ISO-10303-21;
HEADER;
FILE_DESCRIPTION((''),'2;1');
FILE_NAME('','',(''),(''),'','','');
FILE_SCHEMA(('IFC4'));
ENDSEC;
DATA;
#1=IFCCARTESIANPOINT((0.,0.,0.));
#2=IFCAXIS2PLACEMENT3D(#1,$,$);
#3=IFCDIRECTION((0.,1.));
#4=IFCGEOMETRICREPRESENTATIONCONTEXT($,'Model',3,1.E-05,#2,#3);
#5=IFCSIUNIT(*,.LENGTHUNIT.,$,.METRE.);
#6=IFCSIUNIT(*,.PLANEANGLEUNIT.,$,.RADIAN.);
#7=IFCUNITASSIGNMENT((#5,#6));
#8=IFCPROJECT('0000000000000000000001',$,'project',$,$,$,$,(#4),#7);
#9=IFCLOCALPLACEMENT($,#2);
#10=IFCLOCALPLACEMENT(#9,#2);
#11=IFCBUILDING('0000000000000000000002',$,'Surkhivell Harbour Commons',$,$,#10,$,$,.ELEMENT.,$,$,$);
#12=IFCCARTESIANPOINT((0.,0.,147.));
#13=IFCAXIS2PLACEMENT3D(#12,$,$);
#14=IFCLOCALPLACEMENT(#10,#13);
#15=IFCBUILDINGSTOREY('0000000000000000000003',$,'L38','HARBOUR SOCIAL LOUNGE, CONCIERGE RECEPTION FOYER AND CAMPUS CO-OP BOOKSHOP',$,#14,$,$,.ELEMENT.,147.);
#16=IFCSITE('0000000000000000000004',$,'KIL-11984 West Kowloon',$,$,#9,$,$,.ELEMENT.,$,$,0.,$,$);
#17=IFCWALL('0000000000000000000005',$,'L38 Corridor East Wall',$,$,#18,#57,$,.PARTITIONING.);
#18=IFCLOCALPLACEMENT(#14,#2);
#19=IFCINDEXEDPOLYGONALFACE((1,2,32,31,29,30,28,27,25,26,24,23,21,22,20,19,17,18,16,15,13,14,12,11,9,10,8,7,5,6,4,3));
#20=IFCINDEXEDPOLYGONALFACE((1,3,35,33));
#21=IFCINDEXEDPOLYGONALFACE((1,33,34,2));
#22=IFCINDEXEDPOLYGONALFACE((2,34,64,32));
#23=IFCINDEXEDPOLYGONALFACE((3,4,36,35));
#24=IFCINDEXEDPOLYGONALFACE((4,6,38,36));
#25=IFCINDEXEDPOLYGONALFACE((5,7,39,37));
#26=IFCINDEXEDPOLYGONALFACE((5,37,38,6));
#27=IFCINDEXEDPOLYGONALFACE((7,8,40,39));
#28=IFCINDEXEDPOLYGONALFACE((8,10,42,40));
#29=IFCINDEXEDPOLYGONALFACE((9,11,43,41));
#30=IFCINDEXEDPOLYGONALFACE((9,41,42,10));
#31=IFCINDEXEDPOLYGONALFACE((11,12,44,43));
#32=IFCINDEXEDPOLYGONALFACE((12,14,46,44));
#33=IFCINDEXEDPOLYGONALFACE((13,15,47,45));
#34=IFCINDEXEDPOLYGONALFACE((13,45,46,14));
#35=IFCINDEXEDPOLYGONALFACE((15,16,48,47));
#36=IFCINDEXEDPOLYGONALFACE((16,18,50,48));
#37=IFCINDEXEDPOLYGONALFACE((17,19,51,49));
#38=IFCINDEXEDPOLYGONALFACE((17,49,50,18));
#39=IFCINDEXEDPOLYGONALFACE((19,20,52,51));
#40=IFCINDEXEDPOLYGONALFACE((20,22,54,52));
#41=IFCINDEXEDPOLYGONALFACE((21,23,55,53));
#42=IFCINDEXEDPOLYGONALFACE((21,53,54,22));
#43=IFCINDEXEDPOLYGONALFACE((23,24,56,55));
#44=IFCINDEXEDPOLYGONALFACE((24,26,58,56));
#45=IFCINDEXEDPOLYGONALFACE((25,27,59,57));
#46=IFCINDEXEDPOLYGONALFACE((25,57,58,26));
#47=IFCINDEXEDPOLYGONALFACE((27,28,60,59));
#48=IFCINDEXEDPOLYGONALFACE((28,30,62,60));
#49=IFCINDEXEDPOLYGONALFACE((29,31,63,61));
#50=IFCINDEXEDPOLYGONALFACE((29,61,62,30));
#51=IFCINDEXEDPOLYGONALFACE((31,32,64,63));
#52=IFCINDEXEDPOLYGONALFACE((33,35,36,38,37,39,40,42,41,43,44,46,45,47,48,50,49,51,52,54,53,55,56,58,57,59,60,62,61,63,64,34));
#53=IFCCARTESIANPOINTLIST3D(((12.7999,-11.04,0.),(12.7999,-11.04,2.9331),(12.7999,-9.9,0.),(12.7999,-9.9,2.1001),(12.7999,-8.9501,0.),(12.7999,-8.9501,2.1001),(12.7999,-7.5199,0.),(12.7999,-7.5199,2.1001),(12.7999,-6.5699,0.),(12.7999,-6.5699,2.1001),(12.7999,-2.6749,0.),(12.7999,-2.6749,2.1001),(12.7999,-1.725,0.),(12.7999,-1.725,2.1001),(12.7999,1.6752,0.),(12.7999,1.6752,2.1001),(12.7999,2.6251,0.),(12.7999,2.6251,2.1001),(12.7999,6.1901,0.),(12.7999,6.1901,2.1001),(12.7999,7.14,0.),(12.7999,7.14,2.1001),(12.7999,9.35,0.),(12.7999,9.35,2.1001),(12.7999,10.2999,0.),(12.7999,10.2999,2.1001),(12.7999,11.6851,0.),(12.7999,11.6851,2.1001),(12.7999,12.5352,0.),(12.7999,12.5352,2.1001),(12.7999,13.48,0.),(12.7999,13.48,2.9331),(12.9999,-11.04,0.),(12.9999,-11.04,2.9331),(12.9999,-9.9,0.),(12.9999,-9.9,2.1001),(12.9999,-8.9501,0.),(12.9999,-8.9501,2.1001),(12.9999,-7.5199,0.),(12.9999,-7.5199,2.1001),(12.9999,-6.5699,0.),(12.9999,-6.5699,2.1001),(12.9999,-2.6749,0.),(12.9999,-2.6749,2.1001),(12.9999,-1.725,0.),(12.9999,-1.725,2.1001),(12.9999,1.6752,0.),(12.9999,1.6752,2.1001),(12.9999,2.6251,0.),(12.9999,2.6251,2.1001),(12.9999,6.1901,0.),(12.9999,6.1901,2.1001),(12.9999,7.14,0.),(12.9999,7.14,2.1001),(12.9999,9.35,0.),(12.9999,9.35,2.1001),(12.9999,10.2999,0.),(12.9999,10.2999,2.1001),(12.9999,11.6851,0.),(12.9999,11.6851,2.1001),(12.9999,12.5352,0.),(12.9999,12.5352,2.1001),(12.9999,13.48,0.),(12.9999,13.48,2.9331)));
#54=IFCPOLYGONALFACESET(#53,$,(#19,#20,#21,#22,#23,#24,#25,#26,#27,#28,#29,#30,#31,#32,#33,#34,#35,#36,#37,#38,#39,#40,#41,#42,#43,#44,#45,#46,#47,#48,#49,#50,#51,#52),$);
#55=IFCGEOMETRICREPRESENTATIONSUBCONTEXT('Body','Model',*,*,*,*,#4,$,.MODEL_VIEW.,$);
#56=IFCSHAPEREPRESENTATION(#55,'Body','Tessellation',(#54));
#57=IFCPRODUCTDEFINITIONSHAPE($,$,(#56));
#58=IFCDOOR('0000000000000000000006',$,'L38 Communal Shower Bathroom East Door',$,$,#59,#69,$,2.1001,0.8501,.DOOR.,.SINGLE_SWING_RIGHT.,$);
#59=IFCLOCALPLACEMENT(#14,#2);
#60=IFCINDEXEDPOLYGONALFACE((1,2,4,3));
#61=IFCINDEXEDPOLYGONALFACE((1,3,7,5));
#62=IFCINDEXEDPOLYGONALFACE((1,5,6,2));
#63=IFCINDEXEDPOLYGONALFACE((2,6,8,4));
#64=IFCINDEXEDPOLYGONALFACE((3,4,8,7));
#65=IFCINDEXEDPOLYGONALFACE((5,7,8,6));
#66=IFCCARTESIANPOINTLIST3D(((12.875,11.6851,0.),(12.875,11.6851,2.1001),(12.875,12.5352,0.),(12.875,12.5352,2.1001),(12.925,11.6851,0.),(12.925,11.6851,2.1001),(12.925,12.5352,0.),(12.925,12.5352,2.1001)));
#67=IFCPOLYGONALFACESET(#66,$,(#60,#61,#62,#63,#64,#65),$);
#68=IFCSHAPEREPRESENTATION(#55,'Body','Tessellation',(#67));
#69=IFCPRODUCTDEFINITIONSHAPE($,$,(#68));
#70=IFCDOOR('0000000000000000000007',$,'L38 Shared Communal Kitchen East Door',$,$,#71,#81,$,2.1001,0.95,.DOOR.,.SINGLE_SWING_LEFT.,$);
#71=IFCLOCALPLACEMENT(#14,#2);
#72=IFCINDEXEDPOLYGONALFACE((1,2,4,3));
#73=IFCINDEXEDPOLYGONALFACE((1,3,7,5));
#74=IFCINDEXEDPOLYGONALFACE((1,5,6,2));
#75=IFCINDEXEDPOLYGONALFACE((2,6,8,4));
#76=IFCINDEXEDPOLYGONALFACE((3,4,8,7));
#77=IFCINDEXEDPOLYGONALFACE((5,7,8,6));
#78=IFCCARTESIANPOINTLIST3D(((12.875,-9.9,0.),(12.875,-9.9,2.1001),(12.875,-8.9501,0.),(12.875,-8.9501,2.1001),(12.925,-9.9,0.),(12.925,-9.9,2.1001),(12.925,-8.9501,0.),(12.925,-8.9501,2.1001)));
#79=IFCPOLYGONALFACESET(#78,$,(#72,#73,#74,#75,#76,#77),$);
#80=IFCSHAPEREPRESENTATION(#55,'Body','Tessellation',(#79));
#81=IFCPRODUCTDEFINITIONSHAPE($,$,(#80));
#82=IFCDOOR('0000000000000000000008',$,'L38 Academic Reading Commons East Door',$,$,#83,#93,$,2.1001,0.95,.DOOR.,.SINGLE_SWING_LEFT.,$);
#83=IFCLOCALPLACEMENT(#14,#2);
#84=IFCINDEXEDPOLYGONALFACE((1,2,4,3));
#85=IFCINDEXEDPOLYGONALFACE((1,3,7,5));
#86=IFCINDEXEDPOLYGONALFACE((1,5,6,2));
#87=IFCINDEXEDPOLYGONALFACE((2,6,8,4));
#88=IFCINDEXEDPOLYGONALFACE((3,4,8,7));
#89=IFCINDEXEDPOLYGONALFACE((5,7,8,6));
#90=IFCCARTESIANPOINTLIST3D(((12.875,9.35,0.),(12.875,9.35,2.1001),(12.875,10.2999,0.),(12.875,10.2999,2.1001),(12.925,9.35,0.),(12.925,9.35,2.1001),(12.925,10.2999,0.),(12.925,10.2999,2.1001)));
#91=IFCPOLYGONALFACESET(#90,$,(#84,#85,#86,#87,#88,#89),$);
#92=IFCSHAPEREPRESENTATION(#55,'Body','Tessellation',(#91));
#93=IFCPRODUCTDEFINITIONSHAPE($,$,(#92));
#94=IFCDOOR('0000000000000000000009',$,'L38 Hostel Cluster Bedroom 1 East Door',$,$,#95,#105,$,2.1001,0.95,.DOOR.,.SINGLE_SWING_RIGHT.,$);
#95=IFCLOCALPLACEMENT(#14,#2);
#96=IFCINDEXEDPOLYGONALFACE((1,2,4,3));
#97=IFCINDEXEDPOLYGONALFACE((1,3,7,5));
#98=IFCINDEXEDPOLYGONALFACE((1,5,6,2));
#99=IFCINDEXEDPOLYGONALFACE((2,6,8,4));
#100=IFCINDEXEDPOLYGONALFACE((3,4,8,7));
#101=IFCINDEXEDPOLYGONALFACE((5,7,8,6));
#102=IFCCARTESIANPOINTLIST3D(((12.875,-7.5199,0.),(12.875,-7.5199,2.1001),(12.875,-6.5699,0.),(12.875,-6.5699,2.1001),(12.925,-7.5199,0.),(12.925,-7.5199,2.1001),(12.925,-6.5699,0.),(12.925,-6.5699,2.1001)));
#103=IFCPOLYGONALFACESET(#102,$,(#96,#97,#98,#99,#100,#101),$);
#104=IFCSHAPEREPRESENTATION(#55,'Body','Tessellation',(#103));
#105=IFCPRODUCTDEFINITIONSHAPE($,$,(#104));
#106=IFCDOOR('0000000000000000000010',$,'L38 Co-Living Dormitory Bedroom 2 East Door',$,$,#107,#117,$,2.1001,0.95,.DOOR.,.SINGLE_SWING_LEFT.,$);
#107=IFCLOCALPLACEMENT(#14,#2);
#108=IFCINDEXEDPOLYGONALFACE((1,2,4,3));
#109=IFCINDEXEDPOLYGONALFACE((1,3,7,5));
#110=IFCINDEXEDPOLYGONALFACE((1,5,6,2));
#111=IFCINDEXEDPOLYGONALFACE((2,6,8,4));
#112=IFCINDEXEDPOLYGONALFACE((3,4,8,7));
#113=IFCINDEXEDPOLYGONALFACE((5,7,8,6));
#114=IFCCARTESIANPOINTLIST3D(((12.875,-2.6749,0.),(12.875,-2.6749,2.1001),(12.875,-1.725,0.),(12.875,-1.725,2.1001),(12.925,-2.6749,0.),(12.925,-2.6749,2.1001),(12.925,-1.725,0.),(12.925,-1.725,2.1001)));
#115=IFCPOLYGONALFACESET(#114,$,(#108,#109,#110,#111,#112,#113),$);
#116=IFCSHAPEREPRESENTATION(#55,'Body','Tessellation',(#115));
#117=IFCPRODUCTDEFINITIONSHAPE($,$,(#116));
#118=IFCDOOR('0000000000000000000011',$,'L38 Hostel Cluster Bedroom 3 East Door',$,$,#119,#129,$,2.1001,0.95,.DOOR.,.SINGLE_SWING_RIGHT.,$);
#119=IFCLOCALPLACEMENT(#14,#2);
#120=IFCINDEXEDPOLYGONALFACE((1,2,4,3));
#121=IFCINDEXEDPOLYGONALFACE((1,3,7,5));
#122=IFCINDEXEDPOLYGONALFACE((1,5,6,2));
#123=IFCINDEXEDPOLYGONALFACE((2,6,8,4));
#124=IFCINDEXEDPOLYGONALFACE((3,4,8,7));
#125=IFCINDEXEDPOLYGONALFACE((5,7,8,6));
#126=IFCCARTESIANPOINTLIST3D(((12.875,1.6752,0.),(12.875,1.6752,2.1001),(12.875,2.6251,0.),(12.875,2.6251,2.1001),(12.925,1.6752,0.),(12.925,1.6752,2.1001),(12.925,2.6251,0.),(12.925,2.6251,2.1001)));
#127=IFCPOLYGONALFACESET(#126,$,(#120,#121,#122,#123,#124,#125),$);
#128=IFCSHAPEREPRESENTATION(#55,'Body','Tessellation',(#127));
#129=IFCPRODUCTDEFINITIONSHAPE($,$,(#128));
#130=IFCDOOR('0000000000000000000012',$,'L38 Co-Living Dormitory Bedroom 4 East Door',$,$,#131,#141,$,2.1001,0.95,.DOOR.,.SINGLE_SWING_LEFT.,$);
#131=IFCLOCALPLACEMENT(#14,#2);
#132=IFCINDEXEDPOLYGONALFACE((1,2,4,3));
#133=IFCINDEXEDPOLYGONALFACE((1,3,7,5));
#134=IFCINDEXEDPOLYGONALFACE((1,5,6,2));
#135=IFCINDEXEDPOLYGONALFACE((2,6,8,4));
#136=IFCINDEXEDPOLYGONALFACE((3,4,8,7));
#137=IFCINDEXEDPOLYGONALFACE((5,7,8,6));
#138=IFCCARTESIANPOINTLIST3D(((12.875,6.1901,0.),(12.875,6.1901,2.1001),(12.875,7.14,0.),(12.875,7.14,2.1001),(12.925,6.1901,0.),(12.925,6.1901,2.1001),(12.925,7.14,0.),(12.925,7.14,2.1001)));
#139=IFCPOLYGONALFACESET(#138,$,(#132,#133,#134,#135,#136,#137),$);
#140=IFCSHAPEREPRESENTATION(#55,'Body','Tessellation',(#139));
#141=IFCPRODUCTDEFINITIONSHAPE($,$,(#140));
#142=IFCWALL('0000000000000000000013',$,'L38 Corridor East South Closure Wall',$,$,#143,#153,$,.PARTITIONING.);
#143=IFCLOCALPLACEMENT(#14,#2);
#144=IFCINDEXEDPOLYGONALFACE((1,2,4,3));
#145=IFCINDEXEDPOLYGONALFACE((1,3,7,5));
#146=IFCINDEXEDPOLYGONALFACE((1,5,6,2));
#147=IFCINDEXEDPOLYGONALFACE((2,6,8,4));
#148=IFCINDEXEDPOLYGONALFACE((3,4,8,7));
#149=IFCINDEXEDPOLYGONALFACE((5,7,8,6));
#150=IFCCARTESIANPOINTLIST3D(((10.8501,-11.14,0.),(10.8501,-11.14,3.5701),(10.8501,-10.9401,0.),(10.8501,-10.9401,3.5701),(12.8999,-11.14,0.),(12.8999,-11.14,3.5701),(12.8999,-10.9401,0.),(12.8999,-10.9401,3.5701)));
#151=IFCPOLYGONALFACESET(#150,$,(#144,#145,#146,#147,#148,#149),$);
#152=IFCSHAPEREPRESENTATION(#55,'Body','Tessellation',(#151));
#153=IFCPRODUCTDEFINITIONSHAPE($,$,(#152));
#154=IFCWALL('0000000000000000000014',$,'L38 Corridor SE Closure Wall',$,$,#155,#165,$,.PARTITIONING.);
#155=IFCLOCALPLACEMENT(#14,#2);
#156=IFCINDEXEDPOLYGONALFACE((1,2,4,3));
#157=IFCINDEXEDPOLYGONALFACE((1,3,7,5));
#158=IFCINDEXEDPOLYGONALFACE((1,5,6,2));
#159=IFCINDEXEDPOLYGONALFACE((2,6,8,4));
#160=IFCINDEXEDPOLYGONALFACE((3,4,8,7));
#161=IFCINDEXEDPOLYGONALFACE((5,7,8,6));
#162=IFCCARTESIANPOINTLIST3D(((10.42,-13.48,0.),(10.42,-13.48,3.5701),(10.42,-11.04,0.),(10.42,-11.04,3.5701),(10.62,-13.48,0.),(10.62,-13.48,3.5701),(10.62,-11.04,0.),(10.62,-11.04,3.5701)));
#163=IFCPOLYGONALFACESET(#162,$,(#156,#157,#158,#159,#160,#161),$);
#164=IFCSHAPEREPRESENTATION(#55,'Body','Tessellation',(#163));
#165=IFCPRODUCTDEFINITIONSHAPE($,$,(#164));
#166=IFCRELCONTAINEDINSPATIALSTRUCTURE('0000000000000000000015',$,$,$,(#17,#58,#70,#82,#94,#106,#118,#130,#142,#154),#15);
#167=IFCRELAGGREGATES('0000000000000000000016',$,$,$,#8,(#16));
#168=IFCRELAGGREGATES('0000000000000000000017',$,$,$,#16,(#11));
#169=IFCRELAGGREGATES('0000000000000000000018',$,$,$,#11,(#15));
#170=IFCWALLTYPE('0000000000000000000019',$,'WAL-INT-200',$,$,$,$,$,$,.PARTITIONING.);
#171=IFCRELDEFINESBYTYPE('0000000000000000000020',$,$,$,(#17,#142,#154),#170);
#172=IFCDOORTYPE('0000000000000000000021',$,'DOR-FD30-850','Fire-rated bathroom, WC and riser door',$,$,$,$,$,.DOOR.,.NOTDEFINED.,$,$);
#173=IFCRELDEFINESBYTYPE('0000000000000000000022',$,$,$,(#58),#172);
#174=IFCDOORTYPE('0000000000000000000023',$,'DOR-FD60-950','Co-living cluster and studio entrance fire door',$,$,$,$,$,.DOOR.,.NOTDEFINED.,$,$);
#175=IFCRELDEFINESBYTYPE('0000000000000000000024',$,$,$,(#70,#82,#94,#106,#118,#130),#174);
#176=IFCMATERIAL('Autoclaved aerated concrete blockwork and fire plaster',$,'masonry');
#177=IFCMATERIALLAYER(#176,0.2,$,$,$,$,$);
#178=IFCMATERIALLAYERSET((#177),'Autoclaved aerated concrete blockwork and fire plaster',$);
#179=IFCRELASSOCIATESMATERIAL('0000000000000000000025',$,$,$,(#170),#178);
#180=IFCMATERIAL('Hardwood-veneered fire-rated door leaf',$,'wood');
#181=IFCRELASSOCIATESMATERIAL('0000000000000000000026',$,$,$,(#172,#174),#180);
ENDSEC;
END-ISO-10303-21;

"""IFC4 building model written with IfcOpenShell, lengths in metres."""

from ifc_helpers import new_model, si_unit, direction, frame, frame_2d, origin, place, context, subcontext, project, spatial, rectangle, extrude, material, layer, layer_set, type_object, element, fill, save


model = new_model("IFC4")

# Units and contexts
model_context = context("Model", 3, precision=1e-05, world=origin(), true_north=direction((0.0, 1.0)))
body_context = subcontext(model_context, "Body", "Model", "MODEL_VIEW")
ifc_project = project(units=[si_unit("LENGTHUNIT", "METRE"), si_unit("PLANEANGLEUNIT", "RADIAN")], contexts=[model_context])

# Site, building, storey
site_placement = place(None, origin())
site = spatial("IfcSite", under=ifc_project, at=site_placement, Name="KIL-11984 West Kowloon", CompositionType="ELEMENT", RefElevation=0.0)
building_placement = place(site_placement, origin())
building = spatial("IfcBuilding", under=site, at=building_placement, Name="Surkhivell Harbour Commons", CompositionType="ELEMENT")
storey_placement = place(building_placement, frame((0.0, 0.0, 147.0)))
storey = spatial("IfcBuildingStorey", under=building, at=storey_placement, Name="L38", Description="HARBOUR SOCIAL LOUNGE, CONCIERGE RECEPTION FOYER AND CAMPUS CO-OP BOOKSHOP", CompositionType="ELEMENT", Elevation=147.0)

# Shared definitions
ifc_material_1 = material(Name="Autoclaved aerated concrete blockwork and fire plaster", Category="masonry")
ifc_layer_1 = layer(ifc_material_1, 0.2)
ifc_layer_set_1 = layer_set([ifc_layer_1], Name="Autoclaved aerated concrete blockwork and fire plaster")
wall_type_1 = type_object("IfcWallType", Name="WAL-INT-200", PredefinedType="PARTITIONING", material=ifc_layer_set_1)

# Wall, openings, doors
wall_1_placement = place(storey_placement, frame((12.8999, -11.04, 0.0), z_axis=(0.0, 0.0, 1.0), x_axis=(0.0, 1.0, 0.0)))
wall_1 = element("IfcWall", 1, at=wall_1_placement, inside=storey, type_object=wall_type_1, Name="L38 Corridor East Wall", PredefinedType="PARTITIONING", context=body_context, shape_type="SweptSolid", body=[
    extrude(rectangle(XDim=24.52, YDim=0.2, at=frame_2d((12.26, 0.0))), origin(), (0.0, 0.0, 1.0), 2.9331),
])
opening_1_placement = place(wall_1_placement, frame((1.1399, 0.0, 0.0)))
opening_1 = element("IfcOpeningElement", 2, at=opening_1_placement, cuts=wall_1, PredefinedType="OPENING", context=body_context, shape_type="SweptSolid", body=[
    extrude(rectangle(XDim=0.95, YDim=2.1001, at=frame_2d((0.4751, 1.05))), frame((0.0, 0.1099, 0.0), z_axis=(0.0, -1.0, 0.0), x_axis=(1.0, 0.0, 0.0)), (0.0, 0.0, 1.0), 0.22),
])
opening_2_placement = place(wall_1_placement, frame((22.7251, 0.0, 0.0)))
opening_2 = element("IfcOpeningElement", 3, at=opening_2_placement, cuts=wall_1, PredefinedType="OPENING", context=body_context, shape_type="SweptSolid", body=[
    extrude(rectangle(XDim=0.8501, YDim=2.1001, at=frame_2d((0.425, 1.05))), frame((0.0, 0.1099, 0.0), z_axis=(0.0, -1.0, 0.0), x_axis=(1.0, 0.0, 0.0)), (0.0, 0.0, 1.0), 0.22),
])
opening_3_placement = place(wall_1_placement, frame((20.3899, 0.0, 0.0)))
opening_3 = element("IfcOpeningElement", 4, at=opening_3_placement, cuts=wall_1, PredefinedType="OPENING", context=body_context, shape_type="SweptSolid", body=[
    extrude(rectangle(XDim=0.95, YDim=2.1001, at=frame_2d((0.4751, 1.05))), frame((0.0, 0.1099, 0.0), z_axis=(0.0, -1.0, 0.0), x_axis=(1.0, 0.0, 0.0)), (0.0, 0.0, 1.0), 0.22),
])
opening_4_placement = place(wall_1_placement, frame((3.52, 0.0, 0.0)))
opening_4 = element("IfcOpeningElement", 5, at=opening_4_placement, cuts=wall_1, PredefinedType="OPENING", context=body_context, shape_type="SweptSolid", body=[
    extrude(rectangle(XDim=0.95, YDim=2.1001, at=frame_2d((0.4751, 1.05))), frame((0.0, 0.1099, 0.0), z_axis=(0.0, -1.0, 0.0), x_axis=(1.0, 0.0, 0.0)), (0.0, 0.0, 1.0), 0.22),
])
opening_5_placement = place(wall_1_placement, frame((8.365, 0.0, 0.0)))
opening_5 = element("IfcOpeningElement", 6, at=opening_5_placement, cuts=wall_1, PredefinedType="OPENING", context=body_context, shape_type="SweptSolid", body=[
    extrude(rectangle(XDim=0.95, YDim=2.1001, at=frame_2d((0.4751, 1.05))), frame((0.0, 0.1099, 0.0), z_axis=(0.0, -1.0, 0.0), x_axis=(1.0, 0.0, 0.0)), (0.0, 0.0, 1.0), 0.22),
])
opening_6_placement = place(wall_1_placement, frame((12.7151, 0.0, 0.0)))
opening_6 = element("IfcOpeningElement", 7, at=opening_6_placement, cuts=wall_1, PredefinedType="OPENING", context=body_context, shape_type="SweptSolid", body=[
    extrude(rectangle(XDim=0.95, YDim=2.1001, at=frame_2d((0.4751, 1.05))), frame((0.0, 0.1099, 0.0), z_axis=(0.0, -1.0, 0.0), x_axis=(1.0, 0.0, 0.0)), (0.0, 0.0, 1.0), 0.22),
])
opening_7_placement = place(wall_1_placement, frame((17.23, 0.0, 0.0)))
opening_7 = element("IfcOpeningElement", 8, at=opening_7_placement, cuts=wall_1, PredefinedType="OPENING", context=body_context, shape_type="SweptSolid", body=[
    extrude(rectangle(XDim=0.95, YDim=2.1001, at=frame_2d((0.4751, 1.05))), frame((0.0, 0.1099, 0.0), z_axis=(0.0, -1.0, 0.0), x_axis=(1.0, 0.0, 0.0)), (0.0, 0.0, 1.0), 0.22),
])
ifc_material_2 = material(Name="Hardwood-veneered fire-rated door leaf", Category="wood")
door_type_1 = type_object("IfcDoorType", Name="DOR-FD30-850", Description="Fire-rated bathroom, WC and riser door", OperationType="NOTDEFINED", PredefinedType="DOOR", material=ifc_material_2)
door_1_placement = place(opening_2_placement, origin())
door_1 = element("IfcDoor", 9, at=door_1_placement, inside=storey, type_object=door_type_1, Name="L38 Communal Shower Bathroom East Door", OperationType="SINGLE_SWING_RIGHT", OverallHeight=2.1001, OverallWidth=0.8501, PredefinedType="DOOR", context=body_context, shape_type="SweptSolid", body=[
    extrude(rectangle(XDim=0.8501, YDim=2.1001, at=frame_2d((0.425, 1.05))), frame((0.0, 0.0249, 0.0), z_axis=(0.0, -1.0, 0.0), x_axis=(1.0, 0.0, 0.0)), (0.0, 0.0, 1.0), 0.05),
])
fill(opening_2, door_1)
door_type_2 = type_object("IfcDoorType", Name="DOR-FD60-950", Description="Co-living cluster and studio entrance fire door", OperationType="NOTDEFINED", PredefinedType="DOOR", material=ifc_material_2)
door_2_placement = place(opening_1_placement, origin())
door_2 = element("IfcDoor", 10, at=door_2_placement, inside=storey, type_object=door_type_2, Name="L38 Shared Communal Kitchen East Door", OperationType="SINGLE_SWING_LEFT", OverallHeight=2.1001, OverallWidth=0.95, PredefinedType="DOOR", context=body_context, shape_type="SweptSolid", body=[
    extrude(rectangle(XDim=0.95, YDim=2.1001, at=frame_2d((0.4751, 1.05))), frame((0.0, 0.0249, 0.0), z_axis=(0.0, -1.0, 0.0), x_axis=(1.0, 0.0, 0.0)), (0.0, 0.0, 1.0), 0.05),
])
fill(opening_1, door_2)
door_3_placement = place(opening_3_placement, origin())
door_3 = element("IfcDoor", 11, at=door_3_placement, inside=storey, type_object=door_type_2, Name="L38 Academic Reading Commons East Door", OperationType="SINGLE_SWING_LEFT", OverallHeight=2.1001, OverallWidth=0.95, PredefinedType="DOOR", context=body_context, shape_type="SweptSolid", body=[
    extrude(rectangle(XDim=0.95, YDim=2.1001, at=frame_2d((0.4751, 1.05))), frame((0.0, 0.0249, 0.0), z_axis=(0.0, -1.0, 0.0), x_axis=(1.0, 0.0, 0.0)), (0.0, 0.0, 1.0), 0.05),
])
fill(opening_3, door_3)
door_4_placement = place(opening_4_placement, origin())
door_4 = element("IfcDoor", 12, at=door_4_placement, inside=storey, type_object=door_type_2, Name="L38 Hostel Cluster Bedroom 1 East Door", OperationType="SINGLE_SWING_RIGHT", OverallHeight=2.1001, OverallWidth=0.95, PredefinedType="DOOR", context=body_context, shape_type="SweptSolid", body=[
    extrude(rectangle(XDim=0.95, YDim=2.1001, at=frame_2d((0.4751, 1.05))), frame((0.0, 0.0249, 0.0), z_axis=(0.0, -1.0, 0.0), x_axis=(1.0, 0.0, 0.0)), (0.0, 0.0, 1.0), 0.05),
])
fill(opening_4, door_4)
door_5_placement = place(opening_5_placement, origin())
door_5 = element("IfcDoor", 13, at=door_5_placement, inside=storey, type_object=door_type_2, Name="L38 Co-Living Dormitory Bedroom 2 East Door", OperationType="SINGLE_SWING_LEFT", OverallHeight=2.1001, OverallWidth=0.95, PredefinedType="DOOR", context=body_context, shape_type="SweptSolid", body=[
    extrude(rectangle(XDim=0.95, YDim=2.1001, at=frame_2d((0.4751, 1.05))), frame((0.0, 0.0249, 0.0), z_axis=(0.0, -1.0, 0.0), x_axis=(1.0, 0.0, 0.0)), (0.0, 0.0, 1.0), 0.05),
])
fill(opening_5, door_5)
door_6_placement = place(opening_6_placement, origin())
door_6 = element("IfcDoor", 14, at=door_6_placement, inside=storey, type_object=door_type_2, Name="L38 Hostel Cluster Bedroom 3 East Door", OperationType="SINGLE_SWING_RIGHT", OverallHeight=2.1001, OverallWidth=0.95, PredefinedType="DOOR", context=body_context, shape_type="SweptSolid", body=[
    extrude(rectangle(XDim=0.95, YDim=2.1001, at=frame_2d((0.4751, 1.05))), frame((0.0, 0.0249, 0.0), z_axis=(0.0, -1.0, 0.0), x_axis=(1.0, 0.0, 0.0)), (0.0, 0.0, 1.0), 0.05),
])
fill(opening_6, door_6)
door_7_placement = place(opening_7_placement, origin())
door_7 = element("IfcDoor", 15, at=door_7_placement, inside=storey, type_object=door_type_2, Name="L38 Co-Living Dormitory Bedroom 4 East Door", OperationType="SINGLE_SWING_LEFT", OverallHeight=2.1001, OverallWidth=0.95, PredefinedType="DOOR", context=body_context, shape_type="SweptSolid", body=[
    extrude(rectangle(XDim=0.95, YDim=2.1001, at=frame_2d((0.4751, 1.05))), frame((0.0, 0.0249, 0.0), z_axis=(0.0, -1.0, 0.0), x_axis=(1.0, 0.0, 0.0)), (0.0, 0.0, 1.0), 0.05),
])
fill(opening_7, door_7)

# Walls
wall_2_placement = place(storey_placement, frame((10.8501, -11.04, 0.0), z_axis=(0.0, 0.0, 1.0), x_axis=(1.0, 0.0, 0.0)))
element("IfcWall", 16, at=wall_2_placement, inside=storey, type_object=wall_type_1, Name="L38 Corridor East South Closure Wall", PredefinedType="PARTITIONING", context=body_context, shape_type="SweptSolid", body=[
    extrude(rectangle(XDim=2.0498, YDim=0.2, at=frame_2d((1.0249, 0.0))), origin(), (0.0, 0.0, 1.0), 3.5701),
])
wall_3_placement = place(storey_placement, frame((10.52, -13.48, 0.0), z_axis=(0.0, 0.0, 1.0), x_axis=(0.0, 1.0, 0.0)))
element("IfcWall", 17, at=wall_3_placement, inside=storey, type_object=wall_type_1, Name="L38 Corridor SE Closure Wall", PredefinedType="PARTITIONING", context=body_context, shape_type="SweptSolid", body=[
    extrude(rectangle(XDim=2.4399, YDim=0.2, at=frame_2d((1.22, 0.0))), origin(), (0.0, 0.0, 1.0), 3.5701),
])

save(model, "model.ifc")
